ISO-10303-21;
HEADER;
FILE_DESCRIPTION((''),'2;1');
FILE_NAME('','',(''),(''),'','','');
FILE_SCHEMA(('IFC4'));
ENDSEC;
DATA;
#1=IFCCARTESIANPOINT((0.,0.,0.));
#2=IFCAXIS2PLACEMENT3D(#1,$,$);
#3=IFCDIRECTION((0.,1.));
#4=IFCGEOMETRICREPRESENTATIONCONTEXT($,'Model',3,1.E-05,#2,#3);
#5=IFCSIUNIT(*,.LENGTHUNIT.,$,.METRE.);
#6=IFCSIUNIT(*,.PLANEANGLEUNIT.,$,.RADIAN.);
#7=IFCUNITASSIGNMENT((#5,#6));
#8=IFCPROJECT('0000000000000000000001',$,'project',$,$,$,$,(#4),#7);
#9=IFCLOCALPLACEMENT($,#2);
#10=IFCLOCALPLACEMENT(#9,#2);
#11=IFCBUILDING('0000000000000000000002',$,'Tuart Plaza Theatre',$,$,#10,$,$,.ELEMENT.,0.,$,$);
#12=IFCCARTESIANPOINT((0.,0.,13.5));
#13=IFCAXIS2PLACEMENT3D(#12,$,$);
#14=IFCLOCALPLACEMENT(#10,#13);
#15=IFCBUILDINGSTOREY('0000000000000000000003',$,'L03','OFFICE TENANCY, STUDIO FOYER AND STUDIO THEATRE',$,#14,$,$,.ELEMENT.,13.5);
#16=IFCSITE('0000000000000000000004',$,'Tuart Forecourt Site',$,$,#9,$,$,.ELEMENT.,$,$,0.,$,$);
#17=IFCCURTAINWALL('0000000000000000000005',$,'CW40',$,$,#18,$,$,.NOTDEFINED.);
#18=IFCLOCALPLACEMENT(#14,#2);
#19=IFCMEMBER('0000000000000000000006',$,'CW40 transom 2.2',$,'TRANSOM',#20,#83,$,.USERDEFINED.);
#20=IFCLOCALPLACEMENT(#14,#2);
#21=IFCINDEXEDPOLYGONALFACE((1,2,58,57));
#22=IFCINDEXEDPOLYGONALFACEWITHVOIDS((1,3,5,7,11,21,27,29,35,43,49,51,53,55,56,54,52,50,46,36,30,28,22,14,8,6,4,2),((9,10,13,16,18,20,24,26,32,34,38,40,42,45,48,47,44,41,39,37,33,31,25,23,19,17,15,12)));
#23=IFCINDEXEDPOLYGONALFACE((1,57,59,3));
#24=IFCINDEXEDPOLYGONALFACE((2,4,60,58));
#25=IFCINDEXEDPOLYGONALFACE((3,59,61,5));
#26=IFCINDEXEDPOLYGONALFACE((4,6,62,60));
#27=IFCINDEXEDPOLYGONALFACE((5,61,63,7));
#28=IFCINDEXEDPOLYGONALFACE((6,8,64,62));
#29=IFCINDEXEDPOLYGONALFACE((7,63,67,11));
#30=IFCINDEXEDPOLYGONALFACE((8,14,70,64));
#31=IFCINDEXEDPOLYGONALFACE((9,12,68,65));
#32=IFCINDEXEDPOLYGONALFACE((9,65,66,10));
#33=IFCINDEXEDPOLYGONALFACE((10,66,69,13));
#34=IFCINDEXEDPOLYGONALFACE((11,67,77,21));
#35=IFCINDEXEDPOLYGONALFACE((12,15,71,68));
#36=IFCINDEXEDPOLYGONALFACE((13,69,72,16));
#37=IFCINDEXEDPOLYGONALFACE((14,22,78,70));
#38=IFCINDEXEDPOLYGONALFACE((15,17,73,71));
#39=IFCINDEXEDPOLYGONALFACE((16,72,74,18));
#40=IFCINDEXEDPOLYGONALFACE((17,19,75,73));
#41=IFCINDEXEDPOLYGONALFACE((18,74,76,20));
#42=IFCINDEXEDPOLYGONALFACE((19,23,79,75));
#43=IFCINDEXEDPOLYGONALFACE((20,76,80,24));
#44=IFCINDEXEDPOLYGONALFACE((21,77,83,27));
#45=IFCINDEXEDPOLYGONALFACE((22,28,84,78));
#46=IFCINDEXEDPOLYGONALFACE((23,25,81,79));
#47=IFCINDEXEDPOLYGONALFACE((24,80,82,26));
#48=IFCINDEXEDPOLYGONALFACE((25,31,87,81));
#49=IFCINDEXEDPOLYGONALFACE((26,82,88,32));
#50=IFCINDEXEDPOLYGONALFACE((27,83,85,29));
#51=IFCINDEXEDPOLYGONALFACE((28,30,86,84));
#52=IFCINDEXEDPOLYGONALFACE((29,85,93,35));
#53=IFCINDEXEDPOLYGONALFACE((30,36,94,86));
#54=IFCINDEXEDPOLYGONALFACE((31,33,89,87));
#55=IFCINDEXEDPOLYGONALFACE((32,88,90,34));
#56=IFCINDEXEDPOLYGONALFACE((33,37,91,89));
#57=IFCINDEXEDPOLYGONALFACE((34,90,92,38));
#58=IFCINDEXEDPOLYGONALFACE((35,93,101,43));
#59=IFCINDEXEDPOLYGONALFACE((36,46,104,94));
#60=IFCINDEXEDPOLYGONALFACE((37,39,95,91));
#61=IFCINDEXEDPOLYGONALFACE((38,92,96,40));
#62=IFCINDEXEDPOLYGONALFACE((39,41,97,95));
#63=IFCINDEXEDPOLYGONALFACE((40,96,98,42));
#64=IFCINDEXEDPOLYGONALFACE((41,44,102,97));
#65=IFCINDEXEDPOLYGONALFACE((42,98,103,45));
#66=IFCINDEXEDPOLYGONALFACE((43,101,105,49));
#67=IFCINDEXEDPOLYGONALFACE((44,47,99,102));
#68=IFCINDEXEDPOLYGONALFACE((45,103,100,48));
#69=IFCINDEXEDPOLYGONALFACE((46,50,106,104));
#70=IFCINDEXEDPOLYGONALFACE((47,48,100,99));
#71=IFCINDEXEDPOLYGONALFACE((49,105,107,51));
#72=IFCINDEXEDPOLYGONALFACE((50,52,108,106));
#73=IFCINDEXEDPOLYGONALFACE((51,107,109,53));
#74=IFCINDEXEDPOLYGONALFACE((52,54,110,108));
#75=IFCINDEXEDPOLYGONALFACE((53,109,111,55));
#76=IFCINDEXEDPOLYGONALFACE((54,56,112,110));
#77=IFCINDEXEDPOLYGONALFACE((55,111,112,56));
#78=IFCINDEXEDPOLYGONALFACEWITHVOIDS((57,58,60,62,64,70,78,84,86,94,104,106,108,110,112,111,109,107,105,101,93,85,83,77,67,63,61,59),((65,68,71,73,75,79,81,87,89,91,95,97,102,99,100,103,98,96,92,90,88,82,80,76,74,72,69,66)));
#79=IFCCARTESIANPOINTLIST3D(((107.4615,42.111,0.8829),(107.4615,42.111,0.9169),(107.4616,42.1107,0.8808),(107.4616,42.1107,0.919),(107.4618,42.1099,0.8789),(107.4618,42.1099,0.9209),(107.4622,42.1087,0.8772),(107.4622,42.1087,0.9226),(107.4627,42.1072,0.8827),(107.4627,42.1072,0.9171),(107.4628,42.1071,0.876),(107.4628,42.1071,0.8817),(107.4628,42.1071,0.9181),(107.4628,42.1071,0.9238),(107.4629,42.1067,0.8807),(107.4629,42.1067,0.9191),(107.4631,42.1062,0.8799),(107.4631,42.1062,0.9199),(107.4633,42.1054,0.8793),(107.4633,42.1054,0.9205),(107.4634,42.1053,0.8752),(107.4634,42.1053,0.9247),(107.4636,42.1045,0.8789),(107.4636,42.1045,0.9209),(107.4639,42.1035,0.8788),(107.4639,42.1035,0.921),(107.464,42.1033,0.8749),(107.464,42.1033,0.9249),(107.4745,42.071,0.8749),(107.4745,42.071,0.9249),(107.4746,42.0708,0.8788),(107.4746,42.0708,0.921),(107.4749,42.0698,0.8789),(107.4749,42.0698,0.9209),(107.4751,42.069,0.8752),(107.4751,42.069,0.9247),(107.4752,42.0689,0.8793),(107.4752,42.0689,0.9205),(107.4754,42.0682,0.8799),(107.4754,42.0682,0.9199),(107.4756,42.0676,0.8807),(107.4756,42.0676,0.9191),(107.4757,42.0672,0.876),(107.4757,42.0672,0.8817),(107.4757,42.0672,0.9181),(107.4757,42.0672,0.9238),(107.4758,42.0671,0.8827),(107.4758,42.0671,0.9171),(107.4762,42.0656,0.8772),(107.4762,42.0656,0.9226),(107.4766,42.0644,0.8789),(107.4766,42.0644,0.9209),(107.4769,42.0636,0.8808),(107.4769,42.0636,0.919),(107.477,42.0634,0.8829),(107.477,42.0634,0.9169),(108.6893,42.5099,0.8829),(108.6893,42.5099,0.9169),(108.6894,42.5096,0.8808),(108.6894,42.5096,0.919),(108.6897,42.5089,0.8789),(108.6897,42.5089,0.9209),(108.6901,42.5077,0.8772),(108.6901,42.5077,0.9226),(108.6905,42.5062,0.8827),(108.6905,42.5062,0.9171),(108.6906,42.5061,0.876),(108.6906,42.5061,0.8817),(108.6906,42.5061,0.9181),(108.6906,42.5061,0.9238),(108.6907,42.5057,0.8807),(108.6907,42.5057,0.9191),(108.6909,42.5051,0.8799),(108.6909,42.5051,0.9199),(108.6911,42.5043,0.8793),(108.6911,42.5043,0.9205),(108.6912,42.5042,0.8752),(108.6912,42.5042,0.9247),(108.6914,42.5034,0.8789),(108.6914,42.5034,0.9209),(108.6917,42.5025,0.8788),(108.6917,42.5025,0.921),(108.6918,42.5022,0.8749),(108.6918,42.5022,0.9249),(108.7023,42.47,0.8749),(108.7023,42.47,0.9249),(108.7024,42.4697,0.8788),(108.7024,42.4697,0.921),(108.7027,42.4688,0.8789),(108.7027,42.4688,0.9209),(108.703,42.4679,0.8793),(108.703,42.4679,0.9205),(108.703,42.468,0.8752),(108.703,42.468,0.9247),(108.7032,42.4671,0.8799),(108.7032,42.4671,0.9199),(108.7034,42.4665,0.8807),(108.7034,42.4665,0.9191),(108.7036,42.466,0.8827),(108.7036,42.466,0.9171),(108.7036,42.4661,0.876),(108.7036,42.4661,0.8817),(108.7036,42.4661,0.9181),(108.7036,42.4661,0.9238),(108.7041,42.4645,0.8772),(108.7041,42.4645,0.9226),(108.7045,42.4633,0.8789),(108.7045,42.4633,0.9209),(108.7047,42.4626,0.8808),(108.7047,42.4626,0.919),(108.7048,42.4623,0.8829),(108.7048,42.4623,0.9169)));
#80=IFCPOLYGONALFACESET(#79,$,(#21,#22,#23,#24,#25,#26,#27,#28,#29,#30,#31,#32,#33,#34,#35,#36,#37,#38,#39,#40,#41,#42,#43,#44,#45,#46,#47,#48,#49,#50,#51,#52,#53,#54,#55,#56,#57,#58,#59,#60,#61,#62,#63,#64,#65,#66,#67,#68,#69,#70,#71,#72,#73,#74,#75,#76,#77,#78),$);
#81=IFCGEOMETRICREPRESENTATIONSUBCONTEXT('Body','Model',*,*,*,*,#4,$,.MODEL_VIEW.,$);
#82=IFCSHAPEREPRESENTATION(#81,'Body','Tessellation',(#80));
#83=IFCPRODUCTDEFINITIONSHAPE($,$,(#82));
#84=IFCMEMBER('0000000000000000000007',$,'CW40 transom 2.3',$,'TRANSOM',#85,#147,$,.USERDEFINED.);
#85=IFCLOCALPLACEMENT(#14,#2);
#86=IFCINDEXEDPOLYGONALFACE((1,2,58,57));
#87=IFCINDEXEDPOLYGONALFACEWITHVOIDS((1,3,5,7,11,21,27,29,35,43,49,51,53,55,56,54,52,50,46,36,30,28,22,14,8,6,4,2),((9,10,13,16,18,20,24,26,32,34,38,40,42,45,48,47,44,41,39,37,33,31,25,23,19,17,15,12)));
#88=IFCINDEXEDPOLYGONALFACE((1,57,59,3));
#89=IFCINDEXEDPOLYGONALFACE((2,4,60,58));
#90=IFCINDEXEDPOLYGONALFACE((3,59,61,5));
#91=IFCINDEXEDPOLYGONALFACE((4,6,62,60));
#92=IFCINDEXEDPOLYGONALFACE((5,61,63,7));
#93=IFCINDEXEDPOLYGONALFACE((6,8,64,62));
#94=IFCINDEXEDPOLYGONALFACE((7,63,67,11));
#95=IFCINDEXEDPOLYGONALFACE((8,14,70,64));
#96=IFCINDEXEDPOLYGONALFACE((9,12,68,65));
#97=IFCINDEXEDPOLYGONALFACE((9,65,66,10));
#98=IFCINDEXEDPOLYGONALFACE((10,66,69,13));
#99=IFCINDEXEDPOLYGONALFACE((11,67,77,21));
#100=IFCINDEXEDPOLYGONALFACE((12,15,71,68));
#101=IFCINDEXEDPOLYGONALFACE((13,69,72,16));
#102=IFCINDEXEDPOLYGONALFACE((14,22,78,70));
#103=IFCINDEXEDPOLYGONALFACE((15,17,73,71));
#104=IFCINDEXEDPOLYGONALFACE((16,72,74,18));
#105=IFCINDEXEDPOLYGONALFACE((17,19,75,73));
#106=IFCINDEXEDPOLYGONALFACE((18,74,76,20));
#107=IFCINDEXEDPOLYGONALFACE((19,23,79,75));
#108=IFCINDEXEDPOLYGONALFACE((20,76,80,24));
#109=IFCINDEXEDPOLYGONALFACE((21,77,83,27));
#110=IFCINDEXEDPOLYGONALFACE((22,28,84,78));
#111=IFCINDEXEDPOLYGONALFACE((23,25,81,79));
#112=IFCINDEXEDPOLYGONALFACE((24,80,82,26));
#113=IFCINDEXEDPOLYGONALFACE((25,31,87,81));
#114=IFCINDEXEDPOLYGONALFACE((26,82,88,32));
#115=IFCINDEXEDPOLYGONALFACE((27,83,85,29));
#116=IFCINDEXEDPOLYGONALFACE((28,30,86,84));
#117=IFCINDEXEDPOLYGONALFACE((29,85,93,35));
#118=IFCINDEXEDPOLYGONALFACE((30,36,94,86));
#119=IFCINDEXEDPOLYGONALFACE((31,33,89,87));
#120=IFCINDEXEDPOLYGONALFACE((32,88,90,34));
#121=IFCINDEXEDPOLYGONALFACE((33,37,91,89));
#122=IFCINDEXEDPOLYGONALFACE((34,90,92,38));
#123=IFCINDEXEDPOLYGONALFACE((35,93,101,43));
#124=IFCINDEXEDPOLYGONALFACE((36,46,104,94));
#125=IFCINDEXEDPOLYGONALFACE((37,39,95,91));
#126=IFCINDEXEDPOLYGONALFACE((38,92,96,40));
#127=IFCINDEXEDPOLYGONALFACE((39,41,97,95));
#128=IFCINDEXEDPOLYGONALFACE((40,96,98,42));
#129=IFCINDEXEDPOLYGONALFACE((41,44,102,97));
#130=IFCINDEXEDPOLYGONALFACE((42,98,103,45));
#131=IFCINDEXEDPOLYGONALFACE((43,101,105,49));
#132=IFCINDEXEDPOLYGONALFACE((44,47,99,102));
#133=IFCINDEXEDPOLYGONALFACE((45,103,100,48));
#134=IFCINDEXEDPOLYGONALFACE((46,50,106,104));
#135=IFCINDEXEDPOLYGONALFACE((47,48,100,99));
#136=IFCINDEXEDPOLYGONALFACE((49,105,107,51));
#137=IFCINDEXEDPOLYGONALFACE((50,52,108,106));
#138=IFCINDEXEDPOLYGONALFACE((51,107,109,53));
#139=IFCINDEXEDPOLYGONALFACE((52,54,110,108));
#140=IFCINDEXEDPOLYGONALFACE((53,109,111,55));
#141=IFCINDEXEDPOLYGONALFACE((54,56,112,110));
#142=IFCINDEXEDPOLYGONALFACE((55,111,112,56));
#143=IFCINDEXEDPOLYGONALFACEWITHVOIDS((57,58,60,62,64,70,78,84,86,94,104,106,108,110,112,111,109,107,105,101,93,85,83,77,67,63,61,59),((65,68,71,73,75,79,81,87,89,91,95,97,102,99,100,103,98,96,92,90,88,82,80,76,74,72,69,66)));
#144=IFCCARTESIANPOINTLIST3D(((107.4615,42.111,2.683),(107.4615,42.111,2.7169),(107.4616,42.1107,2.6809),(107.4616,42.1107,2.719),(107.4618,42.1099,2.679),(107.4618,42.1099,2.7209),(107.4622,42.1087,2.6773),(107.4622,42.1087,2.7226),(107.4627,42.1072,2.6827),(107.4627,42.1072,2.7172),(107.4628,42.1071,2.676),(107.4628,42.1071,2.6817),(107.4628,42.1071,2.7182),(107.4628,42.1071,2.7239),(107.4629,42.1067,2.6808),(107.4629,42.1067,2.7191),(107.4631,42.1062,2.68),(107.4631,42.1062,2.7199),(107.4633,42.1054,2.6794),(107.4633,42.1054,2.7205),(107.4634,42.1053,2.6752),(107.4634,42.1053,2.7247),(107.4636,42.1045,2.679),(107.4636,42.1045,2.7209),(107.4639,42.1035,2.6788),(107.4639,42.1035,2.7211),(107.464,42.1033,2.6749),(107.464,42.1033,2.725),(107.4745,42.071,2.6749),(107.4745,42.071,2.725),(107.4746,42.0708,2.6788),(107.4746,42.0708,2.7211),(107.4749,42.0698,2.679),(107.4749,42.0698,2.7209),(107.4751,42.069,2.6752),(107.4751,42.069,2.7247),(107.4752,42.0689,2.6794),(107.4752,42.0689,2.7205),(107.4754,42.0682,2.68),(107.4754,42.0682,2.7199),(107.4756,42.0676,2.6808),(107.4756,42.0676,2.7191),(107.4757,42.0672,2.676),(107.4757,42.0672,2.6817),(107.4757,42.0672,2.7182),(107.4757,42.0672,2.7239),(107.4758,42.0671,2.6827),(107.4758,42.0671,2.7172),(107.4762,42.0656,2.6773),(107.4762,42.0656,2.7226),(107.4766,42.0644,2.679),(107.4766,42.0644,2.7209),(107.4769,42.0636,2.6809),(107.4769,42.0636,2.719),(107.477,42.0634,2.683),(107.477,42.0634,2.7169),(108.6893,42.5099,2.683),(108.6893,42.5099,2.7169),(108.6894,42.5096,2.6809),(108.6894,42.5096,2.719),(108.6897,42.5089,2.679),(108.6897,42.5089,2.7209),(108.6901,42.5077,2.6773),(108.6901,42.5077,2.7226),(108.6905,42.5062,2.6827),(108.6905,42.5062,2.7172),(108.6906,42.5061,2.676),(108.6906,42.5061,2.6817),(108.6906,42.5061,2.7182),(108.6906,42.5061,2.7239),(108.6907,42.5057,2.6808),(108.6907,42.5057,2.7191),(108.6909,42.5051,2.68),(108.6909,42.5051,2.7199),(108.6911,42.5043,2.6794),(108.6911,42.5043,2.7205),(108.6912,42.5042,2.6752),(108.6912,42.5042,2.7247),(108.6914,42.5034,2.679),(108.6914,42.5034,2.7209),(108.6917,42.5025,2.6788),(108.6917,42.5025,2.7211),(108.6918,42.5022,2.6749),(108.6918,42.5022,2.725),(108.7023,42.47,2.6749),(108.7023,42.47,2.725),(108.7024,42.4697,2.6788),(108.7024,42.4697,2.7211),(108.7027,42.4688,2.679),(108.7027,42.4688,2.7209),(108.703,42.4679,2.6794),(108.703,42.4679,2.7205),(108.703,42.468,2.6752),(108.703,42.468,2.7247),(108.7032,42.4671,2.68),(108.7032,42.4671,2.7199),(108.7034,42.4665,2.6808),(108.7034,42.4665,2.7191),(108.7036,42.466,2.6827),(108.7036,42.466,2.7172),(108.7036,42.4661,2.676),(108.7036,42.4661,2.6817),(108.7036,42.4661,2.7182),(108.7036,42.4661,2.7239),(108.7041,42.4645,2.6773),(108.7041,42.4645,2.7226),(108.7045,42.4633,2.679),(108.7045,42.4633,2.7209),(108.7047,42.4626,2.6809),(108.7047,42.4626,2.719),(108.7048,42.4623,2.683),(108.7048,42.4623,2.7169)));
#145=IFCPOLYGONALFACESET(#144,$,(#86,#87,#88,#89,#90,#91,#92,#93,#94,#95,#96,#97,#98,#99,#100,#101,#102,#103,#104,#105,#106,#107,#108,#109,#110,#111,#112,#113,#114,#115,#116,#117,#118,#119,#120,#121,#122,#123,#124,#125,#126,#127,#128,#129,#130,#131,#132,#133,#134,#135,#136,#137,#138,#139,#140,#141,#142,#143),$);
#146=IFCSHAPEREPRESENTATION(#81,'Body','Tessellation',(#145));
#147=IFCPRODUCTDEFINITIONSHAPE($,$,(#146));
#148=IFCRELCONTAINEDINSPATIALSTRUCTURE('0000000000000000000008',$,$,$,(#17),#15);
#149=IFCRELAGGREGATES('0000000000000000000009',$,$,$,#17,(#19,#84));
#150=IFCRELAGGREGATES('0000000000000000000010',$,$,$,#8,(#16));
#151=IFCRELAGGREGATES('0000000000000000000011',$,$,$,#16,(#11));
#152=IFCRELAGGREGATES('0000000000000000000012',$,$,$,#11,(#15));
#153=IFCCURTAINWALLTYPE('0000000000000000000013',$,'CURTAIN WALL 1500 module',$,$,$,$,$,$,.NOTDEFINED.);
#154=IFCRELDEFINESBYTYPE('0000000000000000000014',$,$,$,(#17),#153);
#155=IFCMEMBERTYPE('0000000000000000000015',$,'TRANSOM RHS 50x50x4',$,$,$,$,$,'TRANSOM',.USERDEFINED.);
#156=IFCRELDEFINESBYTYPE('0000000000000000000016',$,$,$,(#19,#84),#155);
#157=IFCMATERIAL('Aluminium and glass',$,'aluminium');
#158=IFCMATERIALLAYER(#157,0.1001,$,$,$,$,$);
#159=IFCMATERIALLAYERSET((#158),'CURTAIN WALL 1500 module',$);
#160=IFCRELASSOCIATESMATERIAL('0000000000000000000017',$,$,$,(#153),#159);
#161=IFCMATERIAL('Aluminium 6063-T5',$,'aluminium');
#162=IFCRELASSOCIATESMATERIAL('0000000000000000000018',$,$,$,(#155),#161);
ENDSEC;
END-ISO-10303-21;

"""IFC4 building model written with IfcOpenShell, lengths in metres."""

from ifc_helpers import new_model, si_unit, direction, frame, origin, origin_2d, place, context, subcontext, project, spatial, hollow_rectangle, extrude, material, layer, layer_set, material_profile, profile_set, type_object, element, aggregate, save


model = new_model("IFC4")

# Units and contexts
model_context = context("Model", 3, precision=1e-05, world=origin(), true_north=direction((0.0, 1.0)))
body_context = subcontext(model_context, "Body", "Model", "MODEL_VIEW")
ifc_project = project(units=[si_unit("LENGTHUNIT", "METRE"), si_unit("PLANEANGLEUNIT", "RADIAN")], contexts=[model_context])

# Site, building, storey
site_placement = place(None, origin())
site = spatial("IfcSite", under=ifc_project, at=site_placement, Name="Tuart Forecourt Site", CompositionType="ELEMENT", RefElevation=0.0)
building_placement = place(site_placement, origin())
building = spatial("IfcBuilding", under=site, at=building_placement, Name="Tuart Plaza Theatre", CompositionType="ELEMENT", ElevationOfRefHeight=0.0)
storey_placement = place(building_placement, frame((0.0, 0.0, 13.5)))
storey = spatial("IfcBuildingStorey", under=building, at=storey_placement, Name="L03", Description="OFFICE TENANCY, STUDIO FOYER AND STUDIO THEATRE", CompositionType="ELEMENT", Elevation=13.5)

# Curtain wall, members
ifc_material_1 = material(Name="Aluminium and glass", Category="aluminium")
ifc_layer_1 = layer(ifc_material_1, 0.1001)
ifc_layer_set_1 = layer_set([ifc_layer_1], Name="CURTAIN WALL 1500 module")
curtain_wall_type = type_object("IfcCurtainWallType", Name="CURTAIN WALL 1500 module", PredefinedType="NOTDEFINED", material=ifc_layer_set_1)
curtain_wall_1_placement = place(storey_placement, origin())
curtain_wall_1 = element("IfcCurtainWall", 1, at=curtain_wall_1_placement, inside=storey, type_object=curtain_wall_type, Name="CW40", PredefinedType="NOTDEFINED")
ifc_material_2 = material(Name="Aluminium 6063-T5", Category="aluminium")
ifc_material_profile_1 = material_profile(ifc_material_2, hollow_rectangle(XDim=0.05, YDim=0.05, WallThickness=0.0039, InnerFilletRadius=0.0039, OuterFilletRadius=0.0081, at=origin_2d()), Name="RHS 50x50x4")
ifc_profile_set_1 = profile_set([ifc_material_profile_1], Name="Aluminium 6063-T5")
member_type_1 = type_object("IfcMemberType", Name="TRANSOM RHS 50x50x4", ElementType="TRANSOM", PredefinedType="USERDEFINED", material=ifc_profile_set_1)
member_1_placement = place(storey_placement, frame((107.4692, 42.0872, 0.8999), z_axis=(0.951058, 0.309013, 0.0), x_axis=(-0.309013, 0.951058, 0.0)))
member_1 = element("IfcMember", 2, at=member_1_placement, type_object=member_type_1, Name="CW40 transom 2.2", ObjectType="TRANSOM", PredefinedType="USERDEFINED", context=body_context, shape_type="SweptSolid", body=[
    extrude(hollow_rectangle(XDim=0.05, YDim=0.05, WallThickness=0.0039, InnerFilletRadius=0.0039, OuterFilletRadius=0.0081, at=origin_2d()), origin(), (0.0, 0.0, 1.0), 1.291),
])
member_2_placement = place(storey_placement, frame((107.4692, 42.0872, 2.7), z_axis=(0.951058, 0.309013, 0.0), x_axis=(-0.309013, 0.951058, 0.0)))
member_2 = element("IfcMember", 3, at=member_2_placement, type_object=member_type_1, Name="CW40 transom 2.3", ObjectType="TRANSOM", PredefinedType="USERDEFINED", context=body_context, shape_type="SweptSolid", body=[
    extrude(hollow_rectangle(XDim=0.05, YDim=0.05, WallThickness=0.0039, InnerFilletRadius=0.0039, OuterFilletRadius=0.0081, at=origin_2d()), origin(), (0.0, 0.0, 1.0), 1.291),
])
aggregate(curtain_wall_1, [member_1, member_2])

save(model, "model.ifc")
